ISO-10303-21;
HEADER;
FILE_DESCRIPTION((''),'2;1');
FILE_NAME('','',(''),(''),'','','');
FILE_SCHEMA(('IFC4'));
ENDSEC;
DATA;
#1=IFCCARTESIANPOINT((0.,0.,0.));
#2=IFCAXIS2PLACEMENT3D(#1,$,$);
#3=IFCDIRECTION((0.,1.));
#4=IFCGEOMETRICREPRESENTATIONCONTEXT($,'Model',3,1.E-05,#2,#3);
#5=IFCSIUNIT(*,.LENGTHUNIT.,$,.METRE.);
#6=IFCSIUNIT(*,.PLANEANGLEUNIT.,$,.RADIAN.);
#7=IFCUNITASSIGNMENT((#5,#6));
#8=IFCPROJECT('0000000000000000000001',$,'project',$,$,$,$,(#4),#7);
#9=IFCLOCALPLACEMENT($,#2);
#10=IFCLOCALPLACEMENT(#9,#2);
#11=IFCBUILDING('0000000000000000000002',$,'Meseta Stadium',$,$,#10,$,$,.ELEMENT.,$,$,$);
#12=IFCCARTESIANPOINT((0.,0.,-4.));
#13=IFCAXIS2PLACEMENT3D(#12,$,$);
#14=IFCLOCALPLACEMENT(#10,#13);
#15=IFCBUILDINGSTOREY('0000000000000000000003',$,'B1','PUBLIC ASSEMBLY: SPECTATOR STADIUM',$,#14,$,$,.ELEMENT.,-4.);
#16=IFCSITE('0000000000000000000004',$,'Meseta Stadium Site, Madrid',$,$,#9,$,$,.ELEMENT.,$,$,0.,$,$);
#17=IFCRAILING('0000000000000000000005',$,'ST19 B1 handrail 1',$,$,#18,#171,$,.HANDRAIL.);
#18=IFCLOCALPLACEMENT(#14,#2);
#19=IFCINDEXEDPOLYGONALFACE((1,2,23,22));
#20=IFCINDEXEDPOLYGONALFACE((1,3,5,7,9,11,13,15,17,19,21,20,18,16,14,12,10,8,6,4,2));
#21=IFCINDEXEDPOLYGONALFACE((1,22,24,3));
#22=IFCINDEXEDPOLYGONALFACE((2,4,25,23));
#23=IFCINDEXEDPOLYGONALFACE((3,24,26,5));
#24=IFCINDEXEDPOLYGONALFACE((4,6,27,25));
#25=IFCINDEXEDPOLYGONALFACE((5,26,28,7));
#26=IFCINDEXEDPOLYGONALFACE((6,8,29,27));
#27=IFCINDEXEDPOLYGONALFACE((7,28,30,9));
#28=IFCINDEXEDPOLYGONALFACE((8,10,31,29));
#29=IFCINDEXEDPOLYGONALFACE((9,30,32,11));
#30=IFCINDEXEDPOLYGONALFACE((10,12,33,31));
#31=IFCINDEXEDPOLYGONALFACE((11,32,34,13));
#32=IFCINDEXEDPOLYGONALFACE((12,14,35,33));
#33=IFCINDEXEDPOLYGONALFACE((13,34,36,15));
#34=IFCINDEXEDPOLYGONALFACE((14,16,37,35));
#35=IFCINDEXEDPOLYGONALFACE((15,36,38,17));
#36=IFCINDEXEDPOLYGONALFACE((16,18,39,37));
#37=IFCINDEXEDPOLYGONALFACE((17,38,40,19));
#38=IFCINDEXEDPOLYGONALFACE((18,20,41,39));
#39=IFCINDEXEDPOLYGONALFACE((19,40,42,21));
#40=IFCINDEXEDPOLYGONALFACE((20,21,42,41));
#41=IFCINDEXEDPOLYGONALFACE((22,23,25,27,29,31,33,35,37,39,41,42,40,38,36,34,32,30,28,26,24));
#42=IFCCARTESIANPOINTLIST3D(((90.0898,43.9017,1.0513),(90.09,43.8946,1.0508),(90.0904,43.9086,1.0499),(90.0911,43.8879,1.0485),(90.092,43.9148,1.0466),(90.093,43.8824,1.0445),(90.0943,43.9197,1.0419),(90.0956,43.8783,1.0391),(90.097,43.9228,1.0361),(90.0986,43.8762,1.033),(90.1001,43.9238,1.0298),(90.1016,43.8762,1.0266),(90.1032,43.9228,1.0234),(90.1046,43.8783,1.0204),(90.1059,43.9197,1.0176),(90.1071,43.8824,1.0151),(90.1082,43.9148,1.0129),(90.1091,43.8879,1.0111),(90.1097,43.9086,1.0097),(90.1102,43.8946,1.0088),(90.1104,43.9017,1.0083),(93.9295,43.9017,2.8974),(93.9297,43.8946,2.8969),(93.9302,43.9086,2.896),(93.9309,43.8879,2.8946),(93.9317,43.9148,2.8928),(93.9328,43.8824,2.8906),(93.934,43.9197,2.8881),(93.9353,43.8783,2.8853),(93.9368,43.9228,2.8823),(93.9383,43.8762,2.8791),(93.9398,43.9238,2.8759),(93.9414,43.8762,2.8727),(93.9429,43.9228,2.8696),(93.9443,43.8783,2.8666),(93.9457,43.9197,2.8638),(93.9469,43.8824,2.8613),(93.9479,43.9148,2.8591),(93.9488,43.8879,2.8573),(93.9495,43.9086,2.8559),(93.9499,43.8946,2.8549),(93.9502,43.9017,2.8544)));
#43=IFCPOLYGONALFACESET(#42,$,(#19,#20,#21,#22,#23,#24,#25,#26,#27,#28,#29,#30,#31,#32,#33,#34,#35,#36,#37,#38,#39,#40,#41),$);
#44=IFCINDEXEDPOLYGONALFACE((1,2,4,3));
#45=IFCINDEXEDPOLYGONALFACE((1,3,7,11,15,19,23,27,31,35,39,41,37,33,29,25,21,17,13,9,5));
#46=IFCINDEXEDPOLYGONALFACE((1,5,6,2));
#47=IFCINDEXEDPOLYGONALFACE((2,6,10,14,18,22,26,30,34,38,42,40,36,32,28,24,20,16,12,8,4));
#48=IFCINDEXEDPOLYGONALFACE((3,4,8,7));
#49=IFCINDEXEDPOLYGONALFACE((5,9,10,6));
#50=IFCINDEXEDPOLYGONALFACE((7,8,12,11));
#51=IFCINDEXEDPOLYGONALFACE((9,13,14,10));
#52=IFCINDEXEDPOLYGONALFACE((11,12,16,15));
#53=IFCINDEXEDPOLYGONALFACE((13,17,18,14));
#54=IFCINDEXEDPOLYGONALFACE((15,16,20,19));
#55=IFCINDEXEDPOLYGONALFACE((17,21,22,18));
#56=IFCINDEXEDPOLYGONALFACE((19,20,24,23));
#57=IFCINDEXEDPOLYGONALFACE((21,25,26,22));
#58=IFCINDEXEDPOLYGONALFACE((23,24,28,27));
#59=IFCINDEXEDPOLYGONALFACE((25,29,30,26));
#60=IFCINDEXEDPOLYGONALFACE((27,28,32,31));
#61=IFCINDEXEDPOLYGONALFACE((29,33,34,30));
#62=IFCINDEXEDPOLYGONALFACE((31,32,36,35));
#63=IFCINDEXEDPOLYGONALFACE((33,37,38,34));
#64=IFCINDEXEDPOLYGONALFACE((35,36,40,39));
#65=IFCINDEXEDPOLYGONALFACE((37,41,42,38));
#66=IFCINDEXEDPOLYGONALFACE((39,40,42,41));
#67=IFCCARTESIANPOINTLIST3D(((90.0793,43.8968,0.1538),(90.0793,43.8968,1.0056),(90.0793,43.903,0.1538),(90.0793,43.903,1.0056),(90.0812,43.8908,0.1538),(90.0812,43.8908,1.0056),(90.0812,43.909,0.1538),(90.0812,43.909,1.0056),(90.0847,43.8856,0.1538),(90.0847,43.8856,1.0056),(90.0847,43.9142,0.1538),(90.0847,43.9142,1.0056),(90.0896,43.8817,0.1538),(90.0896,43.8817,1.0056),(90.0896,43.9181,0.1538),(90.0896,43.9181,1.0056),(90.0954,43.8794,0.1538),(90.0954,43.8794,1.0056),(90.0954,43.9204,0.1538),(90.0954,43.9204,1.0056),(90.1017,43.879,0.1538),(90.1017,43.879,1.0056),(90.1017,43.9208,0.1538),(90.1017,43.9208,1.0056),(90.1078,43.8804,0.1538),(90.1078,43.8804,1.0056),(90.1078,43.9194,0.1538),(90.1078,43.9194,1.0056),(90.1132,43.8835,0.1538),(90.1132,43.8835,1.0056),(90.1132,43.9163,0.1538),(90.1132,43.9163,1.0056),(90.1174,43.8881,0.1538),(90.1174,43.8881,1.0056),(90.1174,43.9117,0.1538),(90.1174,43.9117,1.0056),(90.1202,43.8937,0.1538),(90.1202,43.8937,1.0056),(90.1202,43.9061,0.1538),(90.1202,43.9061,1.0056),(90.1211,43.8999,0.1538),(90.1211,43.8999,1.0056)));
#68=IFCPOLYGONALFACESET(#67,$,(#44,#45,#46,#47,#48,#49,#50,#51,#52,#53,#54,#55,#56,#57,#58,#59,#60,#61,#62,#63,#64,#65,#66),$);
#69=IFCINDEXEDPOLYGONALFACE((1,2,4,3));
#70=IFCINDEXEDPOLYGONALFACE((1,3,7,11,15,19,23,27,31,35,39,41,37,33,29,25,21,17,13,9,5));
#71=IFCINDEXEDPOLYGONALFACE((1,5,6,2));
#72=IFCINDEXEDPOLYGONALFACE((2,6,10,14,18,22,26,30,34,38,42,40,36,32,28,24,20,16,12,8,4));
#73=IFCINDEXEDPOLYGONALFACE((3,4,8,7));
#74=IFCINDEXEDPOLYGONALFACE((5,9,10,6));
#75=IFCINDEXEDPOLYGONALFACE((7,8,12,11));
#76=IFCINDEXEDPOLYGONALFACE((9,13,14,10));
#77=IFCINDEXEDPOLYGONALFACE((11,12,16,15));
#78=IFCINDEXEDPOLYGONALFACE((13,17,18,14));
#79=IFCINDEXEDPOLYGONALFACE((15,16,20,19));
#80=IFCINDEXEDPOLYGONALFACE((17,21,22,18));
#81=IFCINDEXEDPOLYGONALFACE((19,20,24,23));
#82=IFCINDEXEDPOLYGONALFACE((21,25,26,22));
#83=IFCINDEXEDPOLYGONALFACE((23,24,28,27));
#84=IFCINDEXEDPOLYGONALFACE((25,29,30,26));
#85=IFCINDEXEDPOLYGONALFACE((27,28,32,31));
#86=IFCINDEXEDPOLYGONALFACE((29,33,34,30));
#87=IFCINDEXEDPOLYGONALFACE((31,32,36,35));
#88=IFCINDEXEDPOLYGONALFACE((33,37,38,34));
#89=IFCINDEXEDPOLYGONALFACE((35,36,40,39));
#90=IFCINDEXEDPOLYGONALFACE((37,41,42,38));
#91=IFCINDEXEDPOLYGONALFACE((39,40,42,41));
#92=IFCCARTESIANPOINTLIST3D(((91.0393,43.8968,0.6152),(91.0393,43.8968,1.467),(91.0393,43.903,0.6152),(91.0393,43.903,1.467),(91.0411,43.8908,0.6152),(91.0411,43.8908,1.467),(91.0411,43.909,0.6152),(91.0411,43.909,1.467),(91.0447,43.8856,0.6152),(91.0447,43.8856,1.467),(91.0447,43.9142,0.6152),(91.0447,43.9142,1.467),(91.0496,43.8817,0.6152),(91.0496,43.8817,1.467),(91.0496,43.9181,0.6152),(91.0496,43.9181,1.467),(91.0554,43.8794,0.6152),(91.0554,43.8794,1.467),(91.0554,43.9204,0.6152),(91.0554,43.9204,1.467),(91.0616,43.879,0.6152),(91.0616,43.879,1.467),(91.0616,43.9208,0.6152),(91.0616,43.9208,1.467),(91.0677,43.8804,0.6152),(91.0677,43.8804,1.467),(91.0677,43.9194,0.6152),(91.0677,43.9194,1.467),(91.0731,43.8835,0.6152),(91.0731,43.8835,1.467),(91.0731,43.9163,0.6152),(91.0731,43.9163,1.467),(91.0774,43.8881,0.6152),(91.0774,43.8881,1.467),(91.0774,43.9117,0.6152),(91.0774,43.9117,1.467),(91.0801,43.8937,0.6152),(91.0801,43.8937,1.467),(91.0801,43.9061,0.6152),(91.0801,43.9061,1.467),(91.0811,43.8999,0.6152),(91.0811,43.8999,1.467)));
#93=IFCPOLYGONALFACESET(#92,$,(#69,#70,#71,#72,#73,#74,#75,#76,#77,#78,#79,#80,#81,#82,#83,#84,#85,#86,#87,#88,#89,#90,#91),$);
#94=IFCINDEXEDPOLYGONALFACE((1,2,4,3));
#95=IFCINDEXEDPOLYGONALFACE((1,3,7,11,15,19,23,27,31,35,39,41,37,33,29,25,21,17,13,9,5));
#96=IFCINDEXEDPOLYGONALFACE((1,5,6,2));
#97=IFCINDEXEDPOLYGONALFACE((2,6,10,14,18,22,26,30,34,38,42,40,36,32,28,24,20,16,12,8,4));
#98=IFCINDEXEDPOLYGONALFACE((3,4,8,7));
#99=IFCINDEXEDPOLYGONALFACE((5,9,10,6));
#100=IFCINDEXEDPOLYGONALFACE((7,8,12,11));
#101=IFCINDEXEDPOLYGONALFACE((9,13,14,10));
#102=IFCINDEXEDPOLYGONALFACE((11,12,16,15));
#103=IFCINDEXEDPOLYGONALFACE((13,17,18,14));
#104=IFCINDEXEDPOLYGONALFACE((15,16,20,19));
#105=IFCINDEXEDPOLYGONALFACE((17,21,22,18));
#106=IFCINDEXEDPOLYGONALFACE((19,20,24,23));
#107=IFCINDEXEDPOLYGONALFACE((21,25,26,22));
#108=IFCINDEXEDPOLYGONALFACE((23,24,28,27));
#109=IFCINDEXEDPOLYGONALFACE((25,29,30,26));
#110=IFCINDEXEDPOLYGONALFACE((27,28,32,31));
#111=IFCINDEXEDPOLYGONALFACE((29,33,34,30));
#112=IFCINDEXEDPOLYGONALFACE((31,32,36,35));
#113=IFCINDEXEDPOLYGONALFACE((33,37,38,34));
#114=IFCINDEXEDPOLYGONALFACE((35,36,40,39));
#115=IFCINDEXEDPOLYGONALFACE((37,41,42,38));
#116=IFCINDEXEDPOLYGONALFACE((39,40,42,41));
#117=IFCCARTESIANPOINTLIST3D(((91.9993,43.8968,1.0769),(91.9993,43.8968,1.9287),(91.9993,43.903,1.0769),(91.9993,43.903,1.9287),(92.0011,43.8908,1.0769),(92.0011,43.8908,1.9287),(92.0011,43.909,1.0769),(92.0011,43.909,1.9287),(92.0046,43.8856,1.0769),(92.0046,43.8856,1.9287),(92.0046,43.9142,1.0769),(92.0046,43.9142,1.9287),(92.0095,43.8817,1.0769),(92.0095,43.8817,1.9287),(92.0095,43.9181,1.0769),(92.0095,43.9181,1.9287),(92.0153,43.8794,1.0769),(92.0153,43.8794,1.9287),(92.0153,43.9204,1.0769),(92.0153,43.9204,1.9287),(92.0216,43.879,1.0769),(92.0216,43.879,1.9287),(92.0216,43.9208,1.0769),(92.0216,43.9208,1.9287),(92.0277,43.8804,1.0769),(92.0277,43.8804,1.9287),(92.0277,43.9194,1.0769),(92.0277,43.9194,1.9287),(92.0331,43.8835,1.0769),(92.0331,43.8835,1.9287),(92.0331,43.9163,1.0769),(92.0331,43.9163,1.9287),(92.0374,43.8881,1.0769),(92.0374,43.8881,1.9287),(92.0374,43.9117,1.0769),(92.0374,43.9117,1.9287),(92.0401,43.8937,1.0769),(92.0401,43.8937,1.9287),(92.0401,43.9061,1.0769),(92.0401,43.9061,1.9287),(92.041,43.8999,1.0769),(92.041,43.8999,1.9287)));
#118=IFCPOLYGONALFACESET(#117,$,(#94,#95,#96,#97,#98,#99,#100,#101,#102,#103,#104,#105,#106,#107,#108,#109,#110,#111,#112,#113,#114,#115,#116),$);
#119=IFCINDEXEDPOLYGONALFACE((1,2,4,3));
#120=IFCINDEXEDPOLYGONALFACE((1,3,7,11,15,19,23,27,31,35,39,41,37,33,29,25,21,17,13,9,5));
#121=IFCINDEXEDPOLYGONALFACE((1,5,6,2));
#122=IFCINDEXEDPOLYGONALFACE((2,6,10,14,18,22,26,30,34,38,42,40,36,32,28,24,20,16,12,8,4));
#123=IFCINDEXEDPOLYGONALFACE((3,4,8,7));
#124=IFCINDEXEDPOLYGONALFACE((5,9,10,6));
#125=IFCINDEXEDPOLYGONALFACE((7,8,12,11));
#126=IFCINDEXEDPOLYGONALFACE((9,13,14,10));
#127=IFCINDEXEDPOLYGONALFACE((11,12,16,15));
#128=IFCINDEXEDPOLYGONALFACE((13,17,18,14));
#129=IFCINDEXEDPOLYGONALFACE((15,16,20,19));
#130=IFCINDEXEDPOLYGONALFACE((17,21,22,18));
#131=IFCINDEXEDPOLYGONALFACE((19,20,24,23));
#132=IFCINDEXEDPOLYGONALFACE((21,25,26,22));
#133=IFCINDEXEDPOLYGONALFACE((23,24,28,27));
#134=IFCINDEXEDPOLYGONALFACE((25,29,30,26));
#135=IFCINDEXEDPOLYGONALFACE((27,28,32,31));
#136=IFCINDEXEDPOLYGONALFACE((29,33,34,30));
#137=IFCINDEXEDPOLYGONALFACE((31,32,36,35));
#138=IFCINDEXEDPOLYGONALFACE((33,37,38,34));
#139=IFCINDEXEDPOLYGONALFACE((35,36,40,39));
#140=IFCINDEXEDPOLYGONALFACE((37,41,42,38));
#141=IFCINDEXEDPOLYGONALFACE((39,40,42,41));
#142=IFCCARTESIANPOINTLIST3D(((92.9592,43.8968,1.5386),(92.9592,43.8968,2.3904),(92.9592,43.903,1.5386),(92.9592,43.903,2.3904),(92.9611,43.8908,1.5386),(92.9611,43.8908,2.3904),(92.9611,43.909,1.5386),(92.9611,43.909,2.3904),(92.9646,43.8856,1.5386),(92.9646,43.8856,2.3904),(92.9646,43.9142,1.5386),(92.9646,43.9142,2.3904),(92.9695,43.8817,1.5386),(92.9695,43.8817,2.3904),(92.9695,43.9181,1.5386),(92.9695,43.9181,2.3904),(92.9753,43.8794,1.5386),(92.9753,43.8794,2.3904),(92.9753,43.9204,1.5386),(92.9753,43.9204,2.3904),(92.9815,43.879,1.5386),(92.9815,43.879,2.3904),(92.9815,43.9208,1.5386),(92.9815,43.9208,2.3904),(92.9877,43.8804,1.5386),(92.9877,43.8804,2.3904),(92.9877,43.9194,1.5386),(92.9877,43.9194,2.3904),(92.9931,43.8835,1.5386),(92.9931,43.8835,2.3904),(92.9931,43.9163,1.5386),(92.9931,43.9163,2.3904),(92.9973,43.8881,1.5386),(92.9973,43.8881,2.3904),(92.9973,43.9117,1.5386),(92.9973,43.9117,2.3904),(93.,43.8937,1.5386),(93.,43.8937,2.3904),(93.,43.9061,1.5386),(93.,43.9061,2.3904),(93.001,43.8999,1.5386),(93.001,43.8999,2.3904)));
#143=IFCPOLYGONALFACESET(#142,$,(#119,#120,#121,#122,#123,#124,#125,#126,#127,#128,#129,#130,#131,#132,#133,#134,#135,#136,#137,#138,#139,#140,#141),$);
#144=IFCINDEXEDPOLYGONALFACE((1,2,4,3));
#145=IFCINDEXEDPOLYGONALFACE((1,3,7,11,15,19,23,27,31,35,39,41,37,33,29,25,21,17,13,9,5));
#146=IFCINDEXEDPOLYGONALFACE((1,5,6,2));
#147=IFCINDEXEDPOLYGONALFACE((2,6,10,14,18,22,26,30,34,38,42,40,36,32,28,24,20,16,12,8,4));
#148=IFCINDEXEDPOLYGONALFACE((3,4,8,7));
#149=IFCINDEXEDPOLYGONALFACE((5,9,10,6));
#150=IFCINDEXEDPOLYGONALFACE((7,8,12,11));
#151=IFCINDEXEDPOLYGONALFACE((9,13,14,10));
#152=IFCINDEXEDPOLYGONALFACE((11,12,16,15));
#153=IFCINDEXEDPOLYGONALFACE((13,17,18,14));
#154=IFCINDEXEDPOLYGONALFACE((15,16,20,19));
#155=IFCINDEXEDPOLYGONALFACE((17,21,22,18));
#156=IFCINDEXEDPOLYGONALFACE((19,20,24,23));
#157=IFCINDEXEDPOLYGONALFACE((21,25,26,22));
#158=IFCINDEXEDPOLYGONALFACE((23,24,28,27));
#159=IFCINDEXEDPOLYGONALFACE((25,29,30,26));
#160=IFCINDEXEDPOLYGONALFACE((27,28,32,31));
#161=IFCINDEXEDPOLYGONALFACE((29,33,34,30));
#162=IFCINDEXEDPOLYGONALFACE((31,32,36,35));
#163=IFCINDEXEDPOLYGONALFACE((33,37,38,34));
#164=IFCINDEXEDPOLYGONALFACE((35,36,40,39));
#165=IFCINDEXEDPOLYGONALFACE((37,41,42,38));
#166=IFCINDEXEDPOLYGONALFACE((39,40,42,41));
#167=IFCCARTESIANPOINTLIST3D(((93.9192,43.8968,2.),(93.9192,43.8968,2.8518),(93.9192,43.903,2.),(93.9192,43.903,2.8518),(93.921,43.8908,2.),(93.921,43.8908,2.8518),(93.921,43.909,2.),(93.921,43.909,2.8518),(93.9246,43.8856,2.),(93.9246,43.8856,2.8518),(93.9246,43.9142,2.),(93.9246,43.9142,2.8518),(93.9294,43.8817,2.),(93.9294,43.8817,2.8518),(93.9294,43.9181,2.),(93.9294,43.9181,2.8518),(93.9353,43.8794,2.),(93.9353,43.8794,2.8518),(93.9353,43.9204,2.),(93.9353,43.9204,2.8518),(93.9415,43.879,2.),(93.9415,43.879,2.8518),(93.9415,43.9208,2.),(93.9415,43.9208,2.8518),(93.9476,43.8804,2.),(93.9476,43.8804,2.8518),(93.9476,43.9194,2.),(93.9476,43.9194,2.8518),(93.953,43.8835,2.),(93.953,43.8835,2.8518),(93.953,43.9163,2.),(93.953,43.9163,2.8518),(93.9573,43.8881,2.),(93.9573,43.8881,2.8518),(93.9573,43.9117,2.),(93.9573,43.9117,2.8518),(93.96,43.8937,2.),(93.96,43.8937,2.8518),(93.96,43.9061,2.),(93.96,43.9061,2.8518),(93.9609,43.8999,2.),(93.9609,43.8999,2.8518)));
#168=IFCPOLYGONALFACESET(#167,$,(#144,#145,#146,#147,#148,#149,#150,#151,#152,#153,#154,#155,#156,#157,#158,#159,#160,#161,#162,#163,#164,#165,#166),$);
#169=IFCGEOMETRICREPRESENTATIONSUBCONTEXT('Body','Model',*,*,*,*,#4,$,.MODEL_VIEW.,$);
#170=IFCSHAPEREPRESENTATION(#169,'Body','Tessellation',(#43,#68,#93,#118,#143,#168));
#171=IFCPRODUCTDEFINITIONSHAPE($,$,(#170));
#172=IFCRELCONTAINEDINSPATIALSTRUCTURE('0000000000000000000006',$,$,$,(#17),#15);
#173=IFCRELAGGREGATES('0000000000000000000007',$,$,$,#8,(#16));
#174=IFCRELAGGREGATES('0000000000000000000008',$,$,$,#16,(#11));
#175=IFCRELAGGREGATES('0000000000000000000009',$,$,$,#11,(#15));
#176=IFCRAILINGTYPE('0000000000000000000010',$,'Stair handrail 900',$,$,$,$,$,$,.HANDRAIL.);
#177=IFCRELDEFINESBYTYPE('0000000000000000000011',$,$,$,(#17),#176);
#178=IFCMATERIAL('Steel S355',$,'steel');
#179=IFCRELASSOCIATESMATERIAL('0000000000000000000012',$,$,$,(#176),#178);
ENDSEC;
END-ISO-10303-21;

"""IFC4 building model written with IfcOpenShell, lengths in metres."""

from ifc_helpers import new_model, si_unit, direction, frame, origin, origin_2d, place, context, subcontext, project, spatial, circle, extrude, material, type_object, element, save


model = new_model("IFC4")

# Units and contexts
model_context = context("Model", 3, precision=1e-05, world=origin(), true_north=direction((0.0, 1.0)))
body_context = subcontext(model_context, "Body", "Model", "MODEL_VIEW")
ifc_project = project(units=[si_unit("LENGTHUNIT", "METRE"), si_unit("PLANEANGLEUNIT", "RADIAN")], contexts=[model_context])

# Site, building, storey
site_placement = place(None, origin())
site = spatial("IfcSite", under=ifc_project, at=site_placement, Name="Meseta Stadium Site, Madrid", CompositionType="ELEMENT", RefElevation=0.0)
building_placement = place(site_placement, origin())
building = spatial("IfcBuilding", under=site, at=building_placement, Name="Meseta Stadium", CompositionType="ELEMENT")
storey_placement = place(building_placement, frame((0.0, 0.0, -4.0)))
storey = spatial("IfcBuildingStorey", under=building, at=storey_placement, Name="B1", Description="PUBLIC ASSEMBLY: SPECTATOR STADIUM", CompositionType="ELEMENT", Elevation=-4.0)

# Railing
ifc_material_1 = material(Name="Steel S355", Category="steel")
railing_type_1 = type_object("IfcRailingType", Name="Stair handrail 900", PredefinedType="HANDRAIL", material=ifc_material_1)
for number, where, name in (
    (1, (90.1001, 43.8999, 0.1538), "ST19 B1 handrail 1"),
):
    element("IfcRailing", number, at=place(storey_placement, frame(where)), inside=storey, type_object=railing_type_1, Name=name, PredefinedType="HANDRAIL", context=body_context, shape_type="SweptSolid", body=[
        extrude(circle(Radius=0.0239, at=origin_2d()), frame((0.0, 0.0, 0.876), z_axis=(0.901242, 0.0, 0.433316), x_axis=(0.0, 1.0, 0.0)), (0.0, 0.0, 1.0), 4.2605),
        extrude(circle(Radius=0.021, at=origin_2d()), origin(), (0.0, 0.0, 1.0), 0.8518),
        extrude(circle(Radius=0.021, at=origin_2d()), frame((0.96, 0.0, 0.4614)), (0.0, 0.0, 1.0), 0.8518),
        extrude(circle(Radius=0.021, at=origin_2d()), frame((1.9199, 0.0, 0.9231)), (0.0, 0.0, 1.0), 0.8518),
        extrude(circle(Radius=0.021, at=origin_2d()), frame((2.8799, 0.0, 1.3848)), (0.0, 0.0, 1.0), 0.8518),
        extrude(circle(Radius=0.021, at=origin_2d()), frame((3.8398, 0.0, 1.8462)), (0.0, 0.0, 1.0), 0.8518),
    ])

save(model, "model.ifc")
